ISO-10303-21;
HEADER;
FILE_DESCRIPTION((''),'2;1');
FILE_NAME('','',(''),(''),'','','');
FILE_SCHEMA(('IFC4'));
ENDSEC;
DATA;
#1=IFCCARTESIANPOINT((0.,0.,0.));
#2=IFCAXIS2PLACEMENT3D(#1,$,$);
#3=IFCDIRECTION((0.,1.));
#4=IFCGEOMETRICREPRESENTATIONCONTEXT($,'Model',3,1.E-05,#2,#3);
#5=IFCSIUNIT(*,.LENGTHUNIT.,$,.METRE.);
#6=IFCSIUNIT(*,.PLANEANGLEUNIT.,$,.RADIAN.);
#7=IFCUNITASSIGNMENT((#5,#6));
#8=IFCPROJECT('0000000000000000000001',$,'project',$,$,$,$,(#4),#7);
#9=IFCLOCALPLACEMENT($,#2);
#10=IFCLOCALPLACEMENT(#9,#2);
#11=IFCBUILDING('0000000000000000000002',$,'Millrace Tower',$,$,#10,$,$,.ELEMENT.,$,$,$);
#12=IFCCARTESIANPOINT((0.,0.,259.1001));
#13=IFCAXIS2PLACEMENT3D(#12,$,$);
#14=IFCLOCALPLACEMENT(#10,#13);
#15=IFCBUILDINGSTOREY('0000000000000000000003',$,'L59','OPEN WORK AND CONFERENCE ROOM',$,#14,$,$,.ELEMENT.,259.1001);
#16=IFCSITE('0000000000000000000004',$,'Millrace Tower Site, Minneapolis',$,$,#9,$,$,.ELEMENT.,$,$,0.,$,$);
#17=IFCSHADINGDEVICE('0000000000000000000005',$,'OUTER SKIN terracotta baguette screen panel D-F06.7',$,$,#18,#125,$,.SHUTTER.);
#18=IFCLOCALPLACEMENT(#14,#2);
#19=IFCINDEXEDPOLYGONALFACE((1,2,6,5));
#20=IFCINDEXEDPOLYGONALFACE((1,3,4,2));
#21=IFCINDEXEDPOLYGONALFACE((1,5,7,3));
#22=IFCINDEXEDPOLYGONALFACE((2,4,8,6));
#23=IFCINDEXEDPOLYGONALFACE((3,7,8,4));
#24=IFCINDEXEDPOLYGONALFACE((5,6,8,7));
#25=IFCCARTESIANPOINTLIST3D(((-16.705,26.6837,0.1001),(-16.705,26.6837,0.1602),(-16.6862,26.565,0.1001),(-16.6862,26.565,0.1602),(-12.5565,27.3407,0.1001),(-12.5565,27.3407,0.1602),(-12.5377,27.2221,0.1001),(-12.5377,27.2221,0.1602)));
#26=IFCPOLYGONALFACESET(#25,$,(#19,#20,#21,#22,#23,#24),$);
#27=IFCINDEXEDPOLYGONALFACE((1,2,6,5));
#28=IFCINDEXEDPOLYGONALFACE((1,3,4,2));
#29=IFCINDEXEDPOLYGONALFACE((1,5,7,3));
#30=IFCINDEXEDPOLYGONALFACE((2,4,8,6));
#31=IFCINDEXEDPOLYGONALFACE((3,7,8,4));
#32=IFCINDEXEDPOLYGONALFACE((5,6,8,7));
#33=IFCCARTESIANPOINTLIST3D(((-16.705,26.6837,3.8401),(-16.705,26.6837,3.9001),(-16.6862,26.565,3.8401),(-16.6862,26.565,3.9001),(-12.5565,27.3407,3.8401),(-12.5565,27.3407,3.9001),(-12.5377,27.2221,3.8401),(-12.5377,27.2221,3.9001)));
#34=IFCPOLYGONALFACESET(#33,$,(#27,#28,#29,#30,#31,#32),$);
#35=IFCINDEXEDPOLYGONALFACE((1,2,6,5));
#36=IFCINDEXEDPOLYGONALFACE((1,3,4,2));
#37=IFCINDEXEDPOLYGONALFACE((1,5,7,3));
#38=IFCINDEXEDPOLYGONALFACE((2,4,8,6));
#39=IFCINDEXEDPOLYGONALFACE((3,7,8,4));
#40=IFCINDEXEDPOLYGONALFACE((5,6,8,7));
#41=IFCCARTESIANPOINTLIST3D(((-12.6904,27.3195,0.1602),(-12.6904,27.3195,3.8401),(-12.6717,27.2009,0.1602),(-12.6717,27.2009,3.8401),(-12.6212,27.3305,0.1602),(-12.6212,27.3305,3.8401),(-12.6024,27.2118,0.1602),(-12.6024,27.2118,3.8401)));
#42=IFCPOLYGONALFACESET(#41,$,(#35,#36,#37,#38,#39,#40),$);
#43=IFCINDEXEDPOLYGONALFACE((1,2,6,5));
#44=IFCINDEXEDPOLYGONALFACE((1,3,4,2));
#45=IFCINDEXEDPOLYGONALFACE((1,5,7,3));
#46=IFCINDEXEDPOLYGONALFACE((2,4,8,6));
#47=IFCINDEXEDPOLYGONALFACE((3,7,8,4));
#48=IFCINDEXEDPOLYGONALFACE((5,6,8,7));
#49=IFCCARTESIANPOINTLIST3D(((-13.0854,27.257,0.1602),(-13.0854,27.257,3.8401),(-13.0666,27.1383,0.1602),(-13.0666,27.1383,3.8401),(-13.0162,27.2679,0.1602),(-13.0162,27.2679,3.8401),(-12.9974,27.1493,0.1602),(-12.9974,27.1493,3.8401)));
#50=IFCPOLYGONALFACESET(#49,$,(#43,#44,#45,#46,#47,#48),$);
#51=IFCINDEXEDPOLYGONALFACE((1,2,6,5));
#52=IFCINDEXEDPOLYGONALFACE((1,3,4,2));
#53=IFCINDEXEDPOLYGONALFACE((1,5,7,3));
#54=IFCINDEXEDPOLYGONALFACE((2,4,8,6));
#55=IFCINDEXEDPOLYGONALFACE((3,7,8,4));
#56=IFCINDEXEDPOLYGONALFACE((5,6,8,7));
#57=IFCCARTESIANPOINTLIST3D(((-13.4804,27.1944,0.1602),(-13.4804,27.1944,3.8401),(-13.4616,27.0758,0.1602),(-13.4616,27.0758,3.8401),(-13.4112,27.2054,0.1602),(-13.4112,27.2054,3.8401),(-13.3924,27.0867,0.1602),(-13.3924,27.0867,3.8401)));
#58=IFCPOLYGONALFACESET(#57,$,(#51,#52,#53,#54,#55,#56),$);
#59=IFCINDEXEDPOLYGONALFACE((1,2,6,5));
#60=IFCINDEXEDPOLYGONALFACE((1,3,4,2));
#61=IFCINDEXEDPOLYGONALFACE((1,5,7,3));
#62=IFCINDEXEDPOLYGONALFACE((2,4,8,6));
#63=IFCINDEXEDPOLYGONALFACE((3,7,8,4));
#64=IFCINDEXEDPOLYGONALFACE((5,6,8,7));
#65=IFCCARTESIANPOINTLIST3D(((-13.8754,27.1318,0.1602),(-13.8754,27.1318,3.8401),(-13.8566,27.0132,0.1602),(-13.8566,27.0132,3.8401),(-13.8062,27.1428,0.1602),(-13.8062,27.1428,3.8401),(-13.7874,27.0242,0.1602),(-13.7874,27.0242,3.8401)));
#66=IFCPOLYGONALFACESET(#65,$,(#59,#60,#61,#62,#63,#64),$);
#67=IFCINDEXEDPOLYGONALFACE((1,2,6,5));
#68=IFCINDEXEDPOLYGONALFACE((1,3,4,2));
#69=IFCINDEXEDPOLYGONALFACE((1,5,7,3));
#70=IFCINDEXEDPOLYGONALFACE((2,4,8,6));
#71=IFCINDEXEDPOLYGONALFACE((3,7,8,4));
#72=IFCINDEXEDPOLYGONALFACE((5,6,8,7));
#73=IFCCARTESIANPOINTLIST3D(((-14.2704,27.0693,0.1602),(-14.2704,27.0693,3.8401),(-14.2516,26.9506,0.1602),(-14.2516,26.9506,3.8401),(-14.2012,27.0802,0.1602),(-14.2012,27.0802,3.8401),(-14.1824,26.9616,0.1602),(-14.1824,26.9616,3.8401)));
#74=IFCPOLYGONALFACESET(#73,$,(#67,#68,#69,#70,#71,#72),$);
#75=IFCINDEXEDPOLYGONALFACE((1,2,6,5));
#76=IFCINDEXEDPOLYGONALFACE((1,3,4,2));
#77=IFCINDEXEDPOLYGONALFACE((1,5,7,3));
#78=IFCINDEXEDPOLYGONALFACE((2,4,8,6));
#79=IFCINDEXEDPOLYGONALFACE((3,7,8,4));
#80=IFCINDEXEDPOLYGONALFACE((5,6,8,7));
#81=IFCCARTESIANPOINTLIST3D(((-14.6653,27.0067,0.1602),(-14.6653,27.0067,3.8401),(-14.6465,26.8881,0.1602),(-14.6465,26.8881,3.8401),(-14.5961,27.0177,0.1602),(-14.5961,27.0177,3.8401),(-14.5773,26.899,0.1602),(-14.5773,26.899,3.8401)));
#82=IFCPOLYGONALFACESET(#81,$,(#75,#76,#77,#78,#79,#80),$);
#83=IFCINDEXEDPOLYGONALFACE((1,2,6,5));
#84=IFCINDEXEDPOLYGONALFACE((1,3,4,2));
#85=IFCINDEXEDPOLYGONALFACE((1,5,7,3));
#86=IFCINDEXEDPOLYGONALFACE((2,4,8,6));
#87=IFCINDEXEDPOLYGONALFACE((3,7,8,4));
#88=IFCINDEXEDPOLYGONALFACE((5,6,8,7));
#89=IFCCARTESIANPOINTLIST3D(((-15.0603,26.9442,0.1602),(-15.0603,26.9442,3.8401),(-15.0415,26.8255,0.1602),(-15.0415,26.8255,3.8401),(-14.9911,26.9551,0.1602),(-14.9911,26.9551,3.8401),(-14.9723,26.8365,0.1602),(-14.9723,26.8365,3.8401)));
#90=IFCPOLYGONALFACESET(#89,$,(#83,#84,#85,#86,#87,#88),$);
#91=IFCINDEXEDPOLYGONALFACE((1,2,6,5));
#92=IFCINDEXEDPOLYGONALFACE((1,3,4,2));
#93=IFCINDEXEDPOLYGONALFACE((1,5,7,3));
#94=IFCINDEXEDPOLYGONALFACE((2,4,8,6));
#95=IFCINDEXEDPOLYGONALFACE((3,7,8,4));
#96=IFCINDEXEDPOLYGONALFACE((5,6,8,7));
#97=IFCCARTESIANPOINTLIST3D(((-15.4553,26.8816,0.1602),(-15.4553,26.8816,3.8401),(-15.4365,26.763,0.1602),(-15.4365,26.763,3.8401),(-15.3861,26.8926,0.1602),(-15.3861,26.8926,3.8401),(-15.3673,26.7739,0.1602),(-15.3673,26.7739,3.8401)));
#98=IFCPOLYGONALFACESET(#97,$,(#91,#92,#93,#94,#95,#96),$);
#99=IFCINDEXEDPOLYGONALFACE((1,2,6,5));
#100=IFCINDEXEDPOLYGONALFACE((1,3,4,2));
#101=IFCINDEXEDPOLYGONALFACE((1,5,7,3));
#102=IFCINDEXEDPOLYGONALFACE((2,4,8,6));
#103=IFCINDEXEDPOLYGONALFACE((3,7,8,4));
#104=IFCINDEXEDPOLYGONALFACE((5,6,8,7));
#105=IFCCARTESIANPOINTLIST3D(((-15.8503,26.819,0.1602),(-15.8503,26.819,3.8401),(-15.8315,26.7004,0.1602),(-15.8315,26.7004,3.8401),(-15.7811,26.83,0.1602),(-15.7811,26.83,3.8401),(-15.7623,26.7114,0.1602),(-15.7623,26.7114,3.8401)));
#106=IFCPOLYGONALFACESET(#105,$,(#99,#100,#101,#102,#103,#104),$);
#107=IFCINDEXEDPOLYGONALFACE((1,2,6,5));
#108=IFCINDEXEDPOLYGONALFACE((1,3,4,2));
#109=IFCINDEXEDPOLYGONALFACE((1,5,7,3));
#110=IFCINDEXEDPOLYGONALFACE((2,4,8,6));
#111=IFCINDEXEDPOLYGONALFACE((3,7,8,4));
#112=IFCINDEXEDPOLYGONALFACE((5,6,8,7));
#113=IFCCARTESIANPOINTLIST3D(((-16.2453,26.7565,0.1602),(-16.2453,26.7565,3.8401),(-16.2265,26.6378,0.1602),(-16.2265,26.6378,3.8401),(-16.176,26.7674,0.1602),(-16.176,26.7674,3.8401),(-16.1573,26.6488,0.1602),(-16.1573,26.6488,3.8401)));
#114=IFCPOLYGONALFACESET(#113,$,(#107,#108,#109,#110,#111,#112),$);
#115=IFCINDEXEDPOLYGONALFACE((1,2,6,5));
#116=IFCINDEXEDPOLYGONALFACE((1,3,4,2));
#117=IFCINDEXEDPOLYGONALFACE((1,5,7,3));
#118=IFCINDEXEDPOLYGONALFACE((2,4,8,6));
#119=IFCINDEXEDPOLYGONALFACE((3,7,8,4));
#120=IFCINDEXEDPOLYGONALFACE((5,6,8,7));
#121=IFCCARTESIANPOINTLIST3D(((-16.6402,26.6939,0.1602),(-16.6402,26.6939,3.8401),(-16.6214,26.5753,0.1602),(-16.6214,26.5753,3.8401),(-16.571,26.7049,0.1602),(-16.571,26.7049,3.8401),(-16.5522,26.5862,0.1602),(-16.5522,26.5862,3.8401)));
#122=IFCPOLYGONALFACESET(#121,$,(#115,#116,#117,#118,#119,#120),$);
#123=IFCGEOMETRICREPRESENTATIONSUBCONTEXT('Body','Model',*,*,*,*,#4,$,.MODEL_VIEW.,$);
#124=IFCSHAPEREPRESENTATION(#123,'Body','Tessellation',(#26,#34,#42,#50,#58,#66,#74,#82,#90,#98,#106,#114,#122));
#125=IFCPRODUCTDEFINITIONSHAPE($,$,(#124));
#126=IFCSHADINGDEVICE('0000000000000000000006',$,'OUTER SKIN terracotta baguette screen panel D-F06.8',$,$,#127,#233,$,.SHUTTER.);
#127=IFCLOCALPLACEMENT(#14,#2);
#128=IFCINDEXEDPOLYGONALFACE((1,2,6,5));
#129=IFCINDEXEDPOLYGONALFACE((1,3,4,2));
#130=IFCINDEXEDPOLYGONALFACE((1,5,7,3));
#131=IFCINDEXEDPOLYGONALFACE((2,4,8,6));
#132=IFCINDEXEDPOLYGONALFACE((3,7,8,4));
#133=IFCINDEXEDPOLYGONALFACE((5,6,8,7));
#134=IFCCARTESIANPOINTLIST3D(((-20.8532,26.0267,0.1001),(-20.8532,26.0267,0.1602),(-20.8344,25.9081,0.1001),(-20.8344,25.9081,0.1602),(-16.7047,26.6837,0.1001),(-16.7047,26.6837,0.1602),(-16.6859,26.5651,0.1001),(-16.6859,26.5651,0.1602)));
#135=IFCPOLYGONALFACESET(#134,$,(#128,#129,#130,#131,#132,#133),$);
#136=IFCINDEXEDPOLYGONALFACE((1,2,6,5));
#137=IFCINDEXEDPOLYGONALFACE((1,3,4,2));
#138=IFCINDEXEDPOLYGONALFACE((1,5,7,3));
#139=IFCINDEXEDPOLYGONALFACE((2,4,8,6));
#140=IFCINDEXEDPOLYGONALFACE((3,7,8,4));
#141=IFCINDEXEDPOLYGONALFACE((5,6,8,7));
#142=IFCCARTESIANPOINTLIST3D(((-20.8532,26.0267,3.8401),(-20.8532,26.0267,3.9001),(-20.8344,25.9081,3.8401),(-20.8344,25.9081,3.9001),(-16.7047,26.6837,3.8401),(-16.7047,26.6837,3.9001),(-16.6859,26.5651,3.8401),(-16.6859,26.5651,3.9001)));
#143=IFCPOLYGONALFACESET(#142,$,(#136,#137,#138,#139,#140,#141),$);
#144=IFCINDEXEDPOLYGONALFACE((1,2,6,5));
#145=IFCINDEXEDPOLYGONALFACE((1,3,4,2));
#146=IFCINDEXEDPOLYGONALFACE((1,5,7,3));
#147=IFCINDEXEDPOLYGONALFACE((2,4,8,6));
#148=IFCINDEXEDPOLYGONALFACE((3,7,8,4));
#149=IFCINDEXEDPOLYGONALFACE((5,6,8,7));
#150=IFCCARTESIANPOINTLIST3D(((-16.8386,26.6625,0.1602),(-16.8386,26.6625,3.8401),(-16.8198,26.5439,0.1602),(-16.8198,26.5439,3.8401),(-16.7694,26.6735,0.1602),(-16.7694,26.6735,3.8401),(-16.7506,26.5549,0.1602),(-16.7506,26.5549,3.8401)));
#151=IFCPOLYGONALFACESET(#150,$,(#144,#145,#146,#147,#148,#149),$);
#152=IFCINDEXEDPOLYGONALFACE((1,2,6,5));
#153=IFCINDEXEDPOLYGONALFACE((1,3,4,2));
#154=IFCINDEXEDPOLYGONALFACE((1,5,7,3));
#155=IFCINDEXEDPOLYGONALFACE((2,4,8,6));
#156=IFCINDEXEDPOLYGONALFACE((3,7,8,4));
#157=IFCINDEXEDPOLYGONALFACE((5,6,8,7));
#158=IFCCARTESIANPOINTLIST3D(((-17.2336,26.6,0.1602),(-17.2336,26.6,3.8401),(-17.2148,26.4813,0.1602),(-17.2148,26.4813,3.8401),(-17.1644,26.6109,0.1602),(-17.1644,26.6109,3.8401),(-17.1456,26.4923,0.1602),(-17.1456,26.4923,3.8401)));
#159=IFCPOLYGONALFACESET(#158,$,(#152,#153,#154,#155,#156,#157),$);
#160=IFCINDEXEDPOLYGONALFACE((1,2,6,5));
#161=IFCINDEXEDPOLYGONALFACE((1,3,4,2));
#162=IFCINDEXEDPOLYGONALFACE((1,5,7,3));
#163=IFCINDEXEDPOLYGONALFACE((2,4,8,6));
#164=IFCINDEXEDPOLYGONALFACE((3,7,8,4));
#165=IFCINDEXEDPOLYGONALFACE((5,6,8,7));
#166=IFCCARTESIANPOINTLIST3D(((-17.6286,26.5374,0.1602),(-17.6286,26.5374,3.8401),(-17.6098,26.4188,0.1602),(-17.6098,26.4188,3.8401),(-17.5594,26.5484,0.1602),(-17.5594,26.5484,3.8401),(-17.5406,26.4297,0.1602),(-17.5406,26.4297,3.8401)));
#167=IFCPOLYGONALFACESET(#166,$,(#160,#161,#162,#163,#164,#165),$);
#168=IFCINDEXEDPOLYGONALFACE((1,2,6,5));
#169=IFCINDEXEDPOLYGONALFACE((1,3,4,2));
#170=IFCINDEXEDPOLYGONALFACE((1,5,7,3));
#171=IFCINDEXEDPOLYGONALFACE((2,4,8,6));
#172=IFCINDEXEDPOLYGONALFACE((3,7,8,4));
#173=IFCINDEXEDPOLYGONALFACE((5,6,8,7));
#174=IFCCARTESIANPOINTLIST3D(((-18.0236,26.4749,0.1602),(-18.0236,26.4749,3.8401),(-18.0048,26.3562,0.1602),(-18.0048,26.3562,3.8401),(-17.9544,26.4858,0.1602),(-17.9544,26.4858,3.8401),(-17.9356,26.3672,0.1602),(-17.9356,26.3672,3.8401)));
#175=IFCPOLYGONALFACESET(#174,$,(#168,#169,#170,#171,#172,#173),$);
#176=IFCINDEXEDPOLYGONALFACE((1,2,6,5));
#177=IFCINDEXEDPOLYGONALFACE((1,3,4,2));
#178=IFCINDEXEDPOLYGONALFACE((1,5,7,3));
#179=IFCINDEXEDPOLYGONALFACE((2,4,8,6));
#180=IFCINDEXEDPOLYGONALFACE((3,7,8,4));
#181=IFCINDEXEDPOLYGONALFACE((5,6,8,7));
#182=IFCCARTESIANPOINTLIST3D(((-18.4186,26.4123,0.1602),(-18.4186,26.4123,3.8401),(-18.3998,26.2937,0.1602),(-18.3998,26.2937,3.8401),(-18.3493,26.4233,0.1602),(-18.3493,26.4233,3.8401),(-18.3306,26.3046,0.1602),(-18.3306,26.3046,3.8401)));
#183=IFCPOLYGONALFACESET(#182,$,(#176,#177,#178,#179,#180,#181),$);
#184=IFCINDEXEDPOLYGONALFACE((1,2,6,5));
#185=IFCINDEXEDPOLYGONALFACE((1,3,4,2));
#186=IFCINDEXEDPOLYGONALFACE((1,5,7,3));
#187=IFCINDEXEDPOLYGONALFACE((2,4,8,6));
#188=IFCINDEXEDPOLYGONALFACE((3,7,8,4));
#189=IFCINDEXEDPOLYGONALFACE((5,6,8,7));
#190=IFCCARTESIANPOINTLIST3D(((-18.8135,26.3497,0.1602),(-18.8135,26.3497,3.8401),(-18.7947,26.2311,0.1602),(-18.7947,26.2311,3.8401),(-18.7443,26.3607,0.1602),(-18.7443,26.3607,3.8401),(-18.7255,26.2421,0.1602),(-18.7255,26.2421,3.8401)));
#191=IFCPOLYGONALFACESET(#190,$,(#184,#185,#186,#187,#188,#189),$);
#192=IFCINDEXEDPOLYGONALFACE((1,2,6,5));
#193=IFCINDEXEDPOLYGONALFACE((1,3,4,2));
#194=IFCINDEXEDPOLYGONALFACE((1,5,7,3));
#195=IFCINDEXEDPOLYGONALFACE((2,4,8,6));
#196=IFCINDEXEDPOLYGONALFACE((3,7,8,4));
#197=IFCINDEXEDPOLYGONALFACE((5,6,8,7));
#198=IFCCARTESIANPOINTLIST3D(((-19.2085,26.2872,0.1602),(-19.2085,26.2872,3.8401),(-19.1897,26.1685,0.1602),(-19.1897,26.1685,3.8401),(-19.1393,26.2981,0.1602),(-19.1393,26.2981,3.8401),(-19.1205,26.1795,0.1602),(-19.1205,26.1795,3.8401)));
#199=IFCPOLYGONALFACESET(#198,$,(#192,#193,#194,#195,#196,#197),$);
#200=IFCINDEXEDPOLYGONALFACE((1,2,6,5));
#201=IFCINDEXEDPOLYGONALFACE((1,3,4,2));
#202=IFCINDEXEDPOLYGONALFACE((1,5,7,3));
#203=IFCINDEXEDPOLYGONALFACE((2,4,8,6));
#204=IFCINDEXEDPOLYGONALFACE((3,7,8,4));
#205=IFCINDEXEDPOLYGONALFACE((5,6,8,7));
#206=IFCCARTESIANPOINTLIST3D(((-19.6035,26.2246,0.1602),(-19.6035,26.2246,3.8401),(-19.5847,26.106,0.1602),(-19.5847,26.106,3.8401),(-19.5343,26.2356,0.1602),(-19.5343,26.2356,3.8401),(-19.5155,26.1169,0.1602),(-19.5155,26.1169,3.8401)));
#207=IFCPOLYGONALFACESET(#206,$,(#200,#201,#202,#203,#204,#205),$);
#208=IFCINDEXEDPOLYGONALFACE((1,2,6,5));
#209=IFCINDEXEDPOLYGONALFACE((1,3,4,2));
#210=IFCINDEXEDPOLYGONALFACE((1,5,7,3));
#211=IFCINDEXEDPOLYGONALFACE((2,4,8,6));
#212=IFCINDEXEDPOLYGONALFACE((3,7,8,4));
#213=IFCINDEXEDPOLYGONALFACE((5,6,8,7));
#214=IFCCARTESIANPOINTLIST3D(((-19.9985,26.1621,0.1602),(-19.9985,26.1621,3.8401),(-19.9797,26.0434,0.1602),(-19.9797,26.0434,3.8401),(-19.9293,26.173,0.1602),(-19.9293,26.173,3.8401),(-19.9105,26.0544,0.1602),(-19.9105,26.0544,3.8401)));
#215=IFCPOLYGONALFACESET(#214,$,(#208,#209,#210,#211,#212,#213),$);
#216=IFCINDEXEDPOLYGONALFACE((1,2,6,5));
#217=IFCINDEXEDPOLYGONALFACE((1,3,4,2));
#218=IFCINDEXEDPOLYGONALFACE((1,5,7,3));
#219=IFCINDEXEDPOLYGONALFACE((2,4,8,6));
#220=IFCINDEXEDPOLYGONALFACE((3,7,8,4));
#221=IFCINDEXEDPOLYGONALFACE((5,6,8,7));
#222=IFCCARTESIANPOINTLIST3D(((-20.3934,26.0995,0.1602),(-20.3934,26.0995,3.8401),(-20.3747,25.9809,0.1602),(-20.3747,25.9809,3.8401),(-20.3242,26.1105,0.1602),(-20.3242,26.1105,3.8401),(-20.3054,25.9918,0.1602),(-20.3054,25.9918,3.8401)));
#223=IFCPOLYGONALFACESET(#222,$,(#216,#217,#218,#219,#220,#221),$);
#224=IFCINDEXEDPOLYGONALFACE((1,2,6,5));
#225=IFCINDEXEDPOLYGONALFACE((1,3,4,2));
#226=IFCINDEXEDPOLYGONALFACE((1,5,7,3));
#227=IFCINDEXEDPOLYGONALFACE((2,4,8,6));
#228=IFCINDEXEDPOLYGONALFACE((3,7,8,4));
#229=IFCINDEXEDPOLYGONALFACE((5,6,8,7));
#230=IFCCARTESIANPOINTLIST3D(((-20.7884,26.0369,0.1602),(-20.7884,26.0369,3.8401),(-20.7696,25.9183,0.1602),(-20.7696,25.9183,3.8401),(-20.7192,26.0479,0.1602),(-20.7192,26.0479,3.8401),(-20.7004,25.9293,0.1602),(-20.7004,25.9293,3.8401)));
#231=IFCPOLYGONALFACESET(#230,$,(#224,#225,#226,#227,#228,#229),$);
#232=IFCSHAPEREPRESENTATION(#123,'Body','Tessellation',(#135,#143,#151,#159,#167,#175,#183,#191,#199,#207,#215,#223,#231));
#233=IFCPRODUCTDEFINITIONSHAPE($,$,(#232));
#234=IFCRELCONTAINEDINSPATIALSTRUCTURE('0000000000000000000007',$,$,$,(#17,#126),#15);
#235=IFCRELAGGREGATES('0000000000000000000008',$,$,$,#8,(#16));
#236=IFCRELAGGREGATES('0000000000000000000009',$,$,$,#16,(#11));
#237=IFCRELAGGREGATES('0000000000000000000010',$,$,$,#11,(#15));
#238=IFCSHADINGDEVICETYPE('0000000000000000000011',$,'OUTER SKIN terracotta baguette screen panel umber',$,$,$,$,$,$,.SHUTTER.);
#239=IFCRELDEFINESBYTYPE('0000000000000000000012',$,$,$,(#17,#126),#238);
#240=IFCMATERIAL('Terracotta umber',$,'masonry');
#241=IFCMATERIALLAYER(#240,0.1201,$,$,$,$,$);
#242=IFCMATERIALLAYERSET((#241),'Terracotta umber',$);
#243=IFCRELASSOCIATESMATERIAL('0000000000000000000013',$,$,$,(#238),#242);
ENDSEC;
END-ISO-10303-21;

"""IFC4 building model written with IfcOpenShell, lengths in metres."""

from ifc_helpers import new_model, entity, si_unit, direction, frame, frame_2d, origin, origin_2d, place, context, subcontext, project, spatial, rectangle, extrude, source, transform, mapped, material, layer, layer_set, type_object, element, save


model = new_model("IFC4")

# Units and contexts
model_context = context("Model", 3, precision=1e-05, world=origin(), true_north=direction((0.0, 1.0)))
body_context = subcontext(model_context, "Body", "Model", "MODEL_VIEW")
ifc_project = project(units=[si_unit("LENGTHUNIT", "METRE"), si_unit("PLANEANGLEUNIT", "RADIAN")], contexts=[model_context])

# Site, building, storey
site_placement = place(None, origin())
site = spatial("IfcSite", under=ifc_project, at=site_placement, Name="Millrace Tower Site, Minneapolis", CompositionType="ELEMENT", RefElevation=0.0)
building_placement = place(site_placement, origin())
building = spatial("IfcBuilding", under=site, at=building_placement, Name="Millrace Tower", CompositionType="ELEMENT")
storey_placement = place(building_placement, frame((0.0, 0.0, 259.1001)))
storey = spatial("IfcBuildingStorey", under=building, at=storey_placement, Name="L59", Description="OPEN WORK AND CONFERENCE ROOM", CompositionType="ELEMENT", Elevation=259.1001)

# Shading devices
ifc_material_1 = material(Name="Terracotta umber", Category="masonry")
ifc_layer_1 = layer(ifc_material_1, 0.1201)
ifc_layer_set_1 = layer_set([ifc_layer_1], Name="Terracotta umber")
shading_device_type = type_object("IfcShadingDeviceType", Name="OUTER SKIN terracotta baguette screen panel umber", PredefinedType="SHUTTER", material=ifc_layer_set_1)
cartesian_point_1 = entity("IfcCartesianPoint", [-2.1001, 0.0601])
shared_polyline_1 = entity("IfcPolyline", [cartesian_point_1, entity("IfcCartesianPoint", [2.1001, 0.0601]), entity("IfcCartesianPoint", [2.1001, -0.0601]), entity("IfcCartesianPoint", [-2.1001, -0.0601]), cartesian_point_1])
shared_shape_1 = source(origin(), body_context, "Body", "SweptSolid", [
    entity("IfcExtrudedAreaSolid", entity("IfcArbitraryClosedProfileDef", "AREA", None, shared_polyline_1), entity("IfcAxis2Placement3D", entity("IfcCartesianPoint", [0.0, 0.0, 0.0])), entity("IfcDirection", [0.0, 0.0, 1.0]), 0.0601),
    entity("IfcExtrudedAreaSolid", entity("IfcArbitraryClosedProfileDef", "AREA", None, shared_polyline_1), entity("IfcAxis2Placement3D", entity("IfcCartesianPoint", [0.0, 0.0, 3.74])), entity("IfcDirection", [0.0, 0.0, 1.0]), 0.0601),
    extrude(rectangle(XDim=0.0701, YDim=0.1201, at=frame_2d((-1.9995, 0.0))), frame((0.0, 0.0, 0.0601)), (0.0, 0.0, 1.0), 3.6799),
    extrude(rectangle(XDim=0.0701, YDim=0.1201, at=frame_2d((-1.5996, 0.0))), frame((0.0, 0.0, 0.0601)), (0.0, 0.0, 1.0), 3.6799),
    extrude(rectangle(XDim=0.0701, YDim=0.1201, at=frame_2d((-1.1997, 0.0))), frame((0.0, 0.0, 0.0601)), (0.0, 0.0, 1.0), 3.6799),
    extrude(rectangle(XDim=0.0701, YDim=0.1201, at=frame_2d((-0.7998, 0.0))), frame((0.0, 0.0, 0.0601)), (0.0, 0.0, 1.0), 3.6799),
    extrude(rectangle(XDim=0.0701, YDim=0.1201, at=frame_2d((-0.3999, 0.0))), frame((0.0, 0.0, 0.0601)), (0.0, 0.0, 1.0), 3.6799),
    extrude(rectangle(XDim=0.0701, YDim=0.1201, at=origin_2d()), frame((0.0, 0.0, 0.0601)), (0.0, 0.0, 1.0), 3.6799),
    extrude(rectangle(XDim=0.0701, YDim=0.1201, at=frame_2d((0.3999, 0.0))), frame((0.0, 0.0, 0.0601)), (0.0, 0.0, 1.0), 3.6799),
    extrude(rectangle(XDim=0.0701, YDim=0.1201, at=frame_2d((0.7998, 0.0))), frame((0.0, 0.0, 0.0601)), (0.0, 0.0, 1.0), 3.6799),
    extrude(rectangle(XDim=0.0701, YDim=0.1201, at=frame_2d((1.1997, 0.0))), frame((0.0, 0.0, 0.0601)), (0.0, 0.0, 1.0), 3.6799),
    extrude(rectangle(XDim=0.0701, YDim=0.1201, at=frame_2d((1.5996, 0.0))), frame((0.0, 0.0, 0.0601)), (0.0, 0.0, 1.0), 3.6799),
    extrude(rectangle(XDim=0.0701, YDim=0.1201, at=frame_2d((1.9995, 0.0))), frame((0.0, 0.0, 0.0601)), (0.0, 0.0, 1.0), 3.6799),
])
for number, where, z_axis, x_axis, name in (
    (1, (-14.6213, 26.9529, 0.1001), (0.0, 0.0, 1.0), (-0.987688, -0.156434, 0.0), "OUTER SKIN terracotta baguette screen panel D-F06.7"),
    (2, (-18.7695, 26.2959, 0.1001), (0.0, 0.0, 1.0), (-0.987688, -0.156434, 0.0), "OUTER SKIN terracotta baguette screen panel D-F06.8"),
):
    element("IfcShadingDevice", number, at=place(storey_placement, frame(where, z_axis=z_axis, x_axis=x_axis)), inside=storey, type_object=shading_device_type, Name=name, PredefinedType="SHUTTER", context=body_context, shape_type="MappedRepresentation", body=[
        mapped(shared_shape_1, transform((0.0, 0.0, 0.0), scale=1.0)),
    ])

save(model, "model.ifc")
